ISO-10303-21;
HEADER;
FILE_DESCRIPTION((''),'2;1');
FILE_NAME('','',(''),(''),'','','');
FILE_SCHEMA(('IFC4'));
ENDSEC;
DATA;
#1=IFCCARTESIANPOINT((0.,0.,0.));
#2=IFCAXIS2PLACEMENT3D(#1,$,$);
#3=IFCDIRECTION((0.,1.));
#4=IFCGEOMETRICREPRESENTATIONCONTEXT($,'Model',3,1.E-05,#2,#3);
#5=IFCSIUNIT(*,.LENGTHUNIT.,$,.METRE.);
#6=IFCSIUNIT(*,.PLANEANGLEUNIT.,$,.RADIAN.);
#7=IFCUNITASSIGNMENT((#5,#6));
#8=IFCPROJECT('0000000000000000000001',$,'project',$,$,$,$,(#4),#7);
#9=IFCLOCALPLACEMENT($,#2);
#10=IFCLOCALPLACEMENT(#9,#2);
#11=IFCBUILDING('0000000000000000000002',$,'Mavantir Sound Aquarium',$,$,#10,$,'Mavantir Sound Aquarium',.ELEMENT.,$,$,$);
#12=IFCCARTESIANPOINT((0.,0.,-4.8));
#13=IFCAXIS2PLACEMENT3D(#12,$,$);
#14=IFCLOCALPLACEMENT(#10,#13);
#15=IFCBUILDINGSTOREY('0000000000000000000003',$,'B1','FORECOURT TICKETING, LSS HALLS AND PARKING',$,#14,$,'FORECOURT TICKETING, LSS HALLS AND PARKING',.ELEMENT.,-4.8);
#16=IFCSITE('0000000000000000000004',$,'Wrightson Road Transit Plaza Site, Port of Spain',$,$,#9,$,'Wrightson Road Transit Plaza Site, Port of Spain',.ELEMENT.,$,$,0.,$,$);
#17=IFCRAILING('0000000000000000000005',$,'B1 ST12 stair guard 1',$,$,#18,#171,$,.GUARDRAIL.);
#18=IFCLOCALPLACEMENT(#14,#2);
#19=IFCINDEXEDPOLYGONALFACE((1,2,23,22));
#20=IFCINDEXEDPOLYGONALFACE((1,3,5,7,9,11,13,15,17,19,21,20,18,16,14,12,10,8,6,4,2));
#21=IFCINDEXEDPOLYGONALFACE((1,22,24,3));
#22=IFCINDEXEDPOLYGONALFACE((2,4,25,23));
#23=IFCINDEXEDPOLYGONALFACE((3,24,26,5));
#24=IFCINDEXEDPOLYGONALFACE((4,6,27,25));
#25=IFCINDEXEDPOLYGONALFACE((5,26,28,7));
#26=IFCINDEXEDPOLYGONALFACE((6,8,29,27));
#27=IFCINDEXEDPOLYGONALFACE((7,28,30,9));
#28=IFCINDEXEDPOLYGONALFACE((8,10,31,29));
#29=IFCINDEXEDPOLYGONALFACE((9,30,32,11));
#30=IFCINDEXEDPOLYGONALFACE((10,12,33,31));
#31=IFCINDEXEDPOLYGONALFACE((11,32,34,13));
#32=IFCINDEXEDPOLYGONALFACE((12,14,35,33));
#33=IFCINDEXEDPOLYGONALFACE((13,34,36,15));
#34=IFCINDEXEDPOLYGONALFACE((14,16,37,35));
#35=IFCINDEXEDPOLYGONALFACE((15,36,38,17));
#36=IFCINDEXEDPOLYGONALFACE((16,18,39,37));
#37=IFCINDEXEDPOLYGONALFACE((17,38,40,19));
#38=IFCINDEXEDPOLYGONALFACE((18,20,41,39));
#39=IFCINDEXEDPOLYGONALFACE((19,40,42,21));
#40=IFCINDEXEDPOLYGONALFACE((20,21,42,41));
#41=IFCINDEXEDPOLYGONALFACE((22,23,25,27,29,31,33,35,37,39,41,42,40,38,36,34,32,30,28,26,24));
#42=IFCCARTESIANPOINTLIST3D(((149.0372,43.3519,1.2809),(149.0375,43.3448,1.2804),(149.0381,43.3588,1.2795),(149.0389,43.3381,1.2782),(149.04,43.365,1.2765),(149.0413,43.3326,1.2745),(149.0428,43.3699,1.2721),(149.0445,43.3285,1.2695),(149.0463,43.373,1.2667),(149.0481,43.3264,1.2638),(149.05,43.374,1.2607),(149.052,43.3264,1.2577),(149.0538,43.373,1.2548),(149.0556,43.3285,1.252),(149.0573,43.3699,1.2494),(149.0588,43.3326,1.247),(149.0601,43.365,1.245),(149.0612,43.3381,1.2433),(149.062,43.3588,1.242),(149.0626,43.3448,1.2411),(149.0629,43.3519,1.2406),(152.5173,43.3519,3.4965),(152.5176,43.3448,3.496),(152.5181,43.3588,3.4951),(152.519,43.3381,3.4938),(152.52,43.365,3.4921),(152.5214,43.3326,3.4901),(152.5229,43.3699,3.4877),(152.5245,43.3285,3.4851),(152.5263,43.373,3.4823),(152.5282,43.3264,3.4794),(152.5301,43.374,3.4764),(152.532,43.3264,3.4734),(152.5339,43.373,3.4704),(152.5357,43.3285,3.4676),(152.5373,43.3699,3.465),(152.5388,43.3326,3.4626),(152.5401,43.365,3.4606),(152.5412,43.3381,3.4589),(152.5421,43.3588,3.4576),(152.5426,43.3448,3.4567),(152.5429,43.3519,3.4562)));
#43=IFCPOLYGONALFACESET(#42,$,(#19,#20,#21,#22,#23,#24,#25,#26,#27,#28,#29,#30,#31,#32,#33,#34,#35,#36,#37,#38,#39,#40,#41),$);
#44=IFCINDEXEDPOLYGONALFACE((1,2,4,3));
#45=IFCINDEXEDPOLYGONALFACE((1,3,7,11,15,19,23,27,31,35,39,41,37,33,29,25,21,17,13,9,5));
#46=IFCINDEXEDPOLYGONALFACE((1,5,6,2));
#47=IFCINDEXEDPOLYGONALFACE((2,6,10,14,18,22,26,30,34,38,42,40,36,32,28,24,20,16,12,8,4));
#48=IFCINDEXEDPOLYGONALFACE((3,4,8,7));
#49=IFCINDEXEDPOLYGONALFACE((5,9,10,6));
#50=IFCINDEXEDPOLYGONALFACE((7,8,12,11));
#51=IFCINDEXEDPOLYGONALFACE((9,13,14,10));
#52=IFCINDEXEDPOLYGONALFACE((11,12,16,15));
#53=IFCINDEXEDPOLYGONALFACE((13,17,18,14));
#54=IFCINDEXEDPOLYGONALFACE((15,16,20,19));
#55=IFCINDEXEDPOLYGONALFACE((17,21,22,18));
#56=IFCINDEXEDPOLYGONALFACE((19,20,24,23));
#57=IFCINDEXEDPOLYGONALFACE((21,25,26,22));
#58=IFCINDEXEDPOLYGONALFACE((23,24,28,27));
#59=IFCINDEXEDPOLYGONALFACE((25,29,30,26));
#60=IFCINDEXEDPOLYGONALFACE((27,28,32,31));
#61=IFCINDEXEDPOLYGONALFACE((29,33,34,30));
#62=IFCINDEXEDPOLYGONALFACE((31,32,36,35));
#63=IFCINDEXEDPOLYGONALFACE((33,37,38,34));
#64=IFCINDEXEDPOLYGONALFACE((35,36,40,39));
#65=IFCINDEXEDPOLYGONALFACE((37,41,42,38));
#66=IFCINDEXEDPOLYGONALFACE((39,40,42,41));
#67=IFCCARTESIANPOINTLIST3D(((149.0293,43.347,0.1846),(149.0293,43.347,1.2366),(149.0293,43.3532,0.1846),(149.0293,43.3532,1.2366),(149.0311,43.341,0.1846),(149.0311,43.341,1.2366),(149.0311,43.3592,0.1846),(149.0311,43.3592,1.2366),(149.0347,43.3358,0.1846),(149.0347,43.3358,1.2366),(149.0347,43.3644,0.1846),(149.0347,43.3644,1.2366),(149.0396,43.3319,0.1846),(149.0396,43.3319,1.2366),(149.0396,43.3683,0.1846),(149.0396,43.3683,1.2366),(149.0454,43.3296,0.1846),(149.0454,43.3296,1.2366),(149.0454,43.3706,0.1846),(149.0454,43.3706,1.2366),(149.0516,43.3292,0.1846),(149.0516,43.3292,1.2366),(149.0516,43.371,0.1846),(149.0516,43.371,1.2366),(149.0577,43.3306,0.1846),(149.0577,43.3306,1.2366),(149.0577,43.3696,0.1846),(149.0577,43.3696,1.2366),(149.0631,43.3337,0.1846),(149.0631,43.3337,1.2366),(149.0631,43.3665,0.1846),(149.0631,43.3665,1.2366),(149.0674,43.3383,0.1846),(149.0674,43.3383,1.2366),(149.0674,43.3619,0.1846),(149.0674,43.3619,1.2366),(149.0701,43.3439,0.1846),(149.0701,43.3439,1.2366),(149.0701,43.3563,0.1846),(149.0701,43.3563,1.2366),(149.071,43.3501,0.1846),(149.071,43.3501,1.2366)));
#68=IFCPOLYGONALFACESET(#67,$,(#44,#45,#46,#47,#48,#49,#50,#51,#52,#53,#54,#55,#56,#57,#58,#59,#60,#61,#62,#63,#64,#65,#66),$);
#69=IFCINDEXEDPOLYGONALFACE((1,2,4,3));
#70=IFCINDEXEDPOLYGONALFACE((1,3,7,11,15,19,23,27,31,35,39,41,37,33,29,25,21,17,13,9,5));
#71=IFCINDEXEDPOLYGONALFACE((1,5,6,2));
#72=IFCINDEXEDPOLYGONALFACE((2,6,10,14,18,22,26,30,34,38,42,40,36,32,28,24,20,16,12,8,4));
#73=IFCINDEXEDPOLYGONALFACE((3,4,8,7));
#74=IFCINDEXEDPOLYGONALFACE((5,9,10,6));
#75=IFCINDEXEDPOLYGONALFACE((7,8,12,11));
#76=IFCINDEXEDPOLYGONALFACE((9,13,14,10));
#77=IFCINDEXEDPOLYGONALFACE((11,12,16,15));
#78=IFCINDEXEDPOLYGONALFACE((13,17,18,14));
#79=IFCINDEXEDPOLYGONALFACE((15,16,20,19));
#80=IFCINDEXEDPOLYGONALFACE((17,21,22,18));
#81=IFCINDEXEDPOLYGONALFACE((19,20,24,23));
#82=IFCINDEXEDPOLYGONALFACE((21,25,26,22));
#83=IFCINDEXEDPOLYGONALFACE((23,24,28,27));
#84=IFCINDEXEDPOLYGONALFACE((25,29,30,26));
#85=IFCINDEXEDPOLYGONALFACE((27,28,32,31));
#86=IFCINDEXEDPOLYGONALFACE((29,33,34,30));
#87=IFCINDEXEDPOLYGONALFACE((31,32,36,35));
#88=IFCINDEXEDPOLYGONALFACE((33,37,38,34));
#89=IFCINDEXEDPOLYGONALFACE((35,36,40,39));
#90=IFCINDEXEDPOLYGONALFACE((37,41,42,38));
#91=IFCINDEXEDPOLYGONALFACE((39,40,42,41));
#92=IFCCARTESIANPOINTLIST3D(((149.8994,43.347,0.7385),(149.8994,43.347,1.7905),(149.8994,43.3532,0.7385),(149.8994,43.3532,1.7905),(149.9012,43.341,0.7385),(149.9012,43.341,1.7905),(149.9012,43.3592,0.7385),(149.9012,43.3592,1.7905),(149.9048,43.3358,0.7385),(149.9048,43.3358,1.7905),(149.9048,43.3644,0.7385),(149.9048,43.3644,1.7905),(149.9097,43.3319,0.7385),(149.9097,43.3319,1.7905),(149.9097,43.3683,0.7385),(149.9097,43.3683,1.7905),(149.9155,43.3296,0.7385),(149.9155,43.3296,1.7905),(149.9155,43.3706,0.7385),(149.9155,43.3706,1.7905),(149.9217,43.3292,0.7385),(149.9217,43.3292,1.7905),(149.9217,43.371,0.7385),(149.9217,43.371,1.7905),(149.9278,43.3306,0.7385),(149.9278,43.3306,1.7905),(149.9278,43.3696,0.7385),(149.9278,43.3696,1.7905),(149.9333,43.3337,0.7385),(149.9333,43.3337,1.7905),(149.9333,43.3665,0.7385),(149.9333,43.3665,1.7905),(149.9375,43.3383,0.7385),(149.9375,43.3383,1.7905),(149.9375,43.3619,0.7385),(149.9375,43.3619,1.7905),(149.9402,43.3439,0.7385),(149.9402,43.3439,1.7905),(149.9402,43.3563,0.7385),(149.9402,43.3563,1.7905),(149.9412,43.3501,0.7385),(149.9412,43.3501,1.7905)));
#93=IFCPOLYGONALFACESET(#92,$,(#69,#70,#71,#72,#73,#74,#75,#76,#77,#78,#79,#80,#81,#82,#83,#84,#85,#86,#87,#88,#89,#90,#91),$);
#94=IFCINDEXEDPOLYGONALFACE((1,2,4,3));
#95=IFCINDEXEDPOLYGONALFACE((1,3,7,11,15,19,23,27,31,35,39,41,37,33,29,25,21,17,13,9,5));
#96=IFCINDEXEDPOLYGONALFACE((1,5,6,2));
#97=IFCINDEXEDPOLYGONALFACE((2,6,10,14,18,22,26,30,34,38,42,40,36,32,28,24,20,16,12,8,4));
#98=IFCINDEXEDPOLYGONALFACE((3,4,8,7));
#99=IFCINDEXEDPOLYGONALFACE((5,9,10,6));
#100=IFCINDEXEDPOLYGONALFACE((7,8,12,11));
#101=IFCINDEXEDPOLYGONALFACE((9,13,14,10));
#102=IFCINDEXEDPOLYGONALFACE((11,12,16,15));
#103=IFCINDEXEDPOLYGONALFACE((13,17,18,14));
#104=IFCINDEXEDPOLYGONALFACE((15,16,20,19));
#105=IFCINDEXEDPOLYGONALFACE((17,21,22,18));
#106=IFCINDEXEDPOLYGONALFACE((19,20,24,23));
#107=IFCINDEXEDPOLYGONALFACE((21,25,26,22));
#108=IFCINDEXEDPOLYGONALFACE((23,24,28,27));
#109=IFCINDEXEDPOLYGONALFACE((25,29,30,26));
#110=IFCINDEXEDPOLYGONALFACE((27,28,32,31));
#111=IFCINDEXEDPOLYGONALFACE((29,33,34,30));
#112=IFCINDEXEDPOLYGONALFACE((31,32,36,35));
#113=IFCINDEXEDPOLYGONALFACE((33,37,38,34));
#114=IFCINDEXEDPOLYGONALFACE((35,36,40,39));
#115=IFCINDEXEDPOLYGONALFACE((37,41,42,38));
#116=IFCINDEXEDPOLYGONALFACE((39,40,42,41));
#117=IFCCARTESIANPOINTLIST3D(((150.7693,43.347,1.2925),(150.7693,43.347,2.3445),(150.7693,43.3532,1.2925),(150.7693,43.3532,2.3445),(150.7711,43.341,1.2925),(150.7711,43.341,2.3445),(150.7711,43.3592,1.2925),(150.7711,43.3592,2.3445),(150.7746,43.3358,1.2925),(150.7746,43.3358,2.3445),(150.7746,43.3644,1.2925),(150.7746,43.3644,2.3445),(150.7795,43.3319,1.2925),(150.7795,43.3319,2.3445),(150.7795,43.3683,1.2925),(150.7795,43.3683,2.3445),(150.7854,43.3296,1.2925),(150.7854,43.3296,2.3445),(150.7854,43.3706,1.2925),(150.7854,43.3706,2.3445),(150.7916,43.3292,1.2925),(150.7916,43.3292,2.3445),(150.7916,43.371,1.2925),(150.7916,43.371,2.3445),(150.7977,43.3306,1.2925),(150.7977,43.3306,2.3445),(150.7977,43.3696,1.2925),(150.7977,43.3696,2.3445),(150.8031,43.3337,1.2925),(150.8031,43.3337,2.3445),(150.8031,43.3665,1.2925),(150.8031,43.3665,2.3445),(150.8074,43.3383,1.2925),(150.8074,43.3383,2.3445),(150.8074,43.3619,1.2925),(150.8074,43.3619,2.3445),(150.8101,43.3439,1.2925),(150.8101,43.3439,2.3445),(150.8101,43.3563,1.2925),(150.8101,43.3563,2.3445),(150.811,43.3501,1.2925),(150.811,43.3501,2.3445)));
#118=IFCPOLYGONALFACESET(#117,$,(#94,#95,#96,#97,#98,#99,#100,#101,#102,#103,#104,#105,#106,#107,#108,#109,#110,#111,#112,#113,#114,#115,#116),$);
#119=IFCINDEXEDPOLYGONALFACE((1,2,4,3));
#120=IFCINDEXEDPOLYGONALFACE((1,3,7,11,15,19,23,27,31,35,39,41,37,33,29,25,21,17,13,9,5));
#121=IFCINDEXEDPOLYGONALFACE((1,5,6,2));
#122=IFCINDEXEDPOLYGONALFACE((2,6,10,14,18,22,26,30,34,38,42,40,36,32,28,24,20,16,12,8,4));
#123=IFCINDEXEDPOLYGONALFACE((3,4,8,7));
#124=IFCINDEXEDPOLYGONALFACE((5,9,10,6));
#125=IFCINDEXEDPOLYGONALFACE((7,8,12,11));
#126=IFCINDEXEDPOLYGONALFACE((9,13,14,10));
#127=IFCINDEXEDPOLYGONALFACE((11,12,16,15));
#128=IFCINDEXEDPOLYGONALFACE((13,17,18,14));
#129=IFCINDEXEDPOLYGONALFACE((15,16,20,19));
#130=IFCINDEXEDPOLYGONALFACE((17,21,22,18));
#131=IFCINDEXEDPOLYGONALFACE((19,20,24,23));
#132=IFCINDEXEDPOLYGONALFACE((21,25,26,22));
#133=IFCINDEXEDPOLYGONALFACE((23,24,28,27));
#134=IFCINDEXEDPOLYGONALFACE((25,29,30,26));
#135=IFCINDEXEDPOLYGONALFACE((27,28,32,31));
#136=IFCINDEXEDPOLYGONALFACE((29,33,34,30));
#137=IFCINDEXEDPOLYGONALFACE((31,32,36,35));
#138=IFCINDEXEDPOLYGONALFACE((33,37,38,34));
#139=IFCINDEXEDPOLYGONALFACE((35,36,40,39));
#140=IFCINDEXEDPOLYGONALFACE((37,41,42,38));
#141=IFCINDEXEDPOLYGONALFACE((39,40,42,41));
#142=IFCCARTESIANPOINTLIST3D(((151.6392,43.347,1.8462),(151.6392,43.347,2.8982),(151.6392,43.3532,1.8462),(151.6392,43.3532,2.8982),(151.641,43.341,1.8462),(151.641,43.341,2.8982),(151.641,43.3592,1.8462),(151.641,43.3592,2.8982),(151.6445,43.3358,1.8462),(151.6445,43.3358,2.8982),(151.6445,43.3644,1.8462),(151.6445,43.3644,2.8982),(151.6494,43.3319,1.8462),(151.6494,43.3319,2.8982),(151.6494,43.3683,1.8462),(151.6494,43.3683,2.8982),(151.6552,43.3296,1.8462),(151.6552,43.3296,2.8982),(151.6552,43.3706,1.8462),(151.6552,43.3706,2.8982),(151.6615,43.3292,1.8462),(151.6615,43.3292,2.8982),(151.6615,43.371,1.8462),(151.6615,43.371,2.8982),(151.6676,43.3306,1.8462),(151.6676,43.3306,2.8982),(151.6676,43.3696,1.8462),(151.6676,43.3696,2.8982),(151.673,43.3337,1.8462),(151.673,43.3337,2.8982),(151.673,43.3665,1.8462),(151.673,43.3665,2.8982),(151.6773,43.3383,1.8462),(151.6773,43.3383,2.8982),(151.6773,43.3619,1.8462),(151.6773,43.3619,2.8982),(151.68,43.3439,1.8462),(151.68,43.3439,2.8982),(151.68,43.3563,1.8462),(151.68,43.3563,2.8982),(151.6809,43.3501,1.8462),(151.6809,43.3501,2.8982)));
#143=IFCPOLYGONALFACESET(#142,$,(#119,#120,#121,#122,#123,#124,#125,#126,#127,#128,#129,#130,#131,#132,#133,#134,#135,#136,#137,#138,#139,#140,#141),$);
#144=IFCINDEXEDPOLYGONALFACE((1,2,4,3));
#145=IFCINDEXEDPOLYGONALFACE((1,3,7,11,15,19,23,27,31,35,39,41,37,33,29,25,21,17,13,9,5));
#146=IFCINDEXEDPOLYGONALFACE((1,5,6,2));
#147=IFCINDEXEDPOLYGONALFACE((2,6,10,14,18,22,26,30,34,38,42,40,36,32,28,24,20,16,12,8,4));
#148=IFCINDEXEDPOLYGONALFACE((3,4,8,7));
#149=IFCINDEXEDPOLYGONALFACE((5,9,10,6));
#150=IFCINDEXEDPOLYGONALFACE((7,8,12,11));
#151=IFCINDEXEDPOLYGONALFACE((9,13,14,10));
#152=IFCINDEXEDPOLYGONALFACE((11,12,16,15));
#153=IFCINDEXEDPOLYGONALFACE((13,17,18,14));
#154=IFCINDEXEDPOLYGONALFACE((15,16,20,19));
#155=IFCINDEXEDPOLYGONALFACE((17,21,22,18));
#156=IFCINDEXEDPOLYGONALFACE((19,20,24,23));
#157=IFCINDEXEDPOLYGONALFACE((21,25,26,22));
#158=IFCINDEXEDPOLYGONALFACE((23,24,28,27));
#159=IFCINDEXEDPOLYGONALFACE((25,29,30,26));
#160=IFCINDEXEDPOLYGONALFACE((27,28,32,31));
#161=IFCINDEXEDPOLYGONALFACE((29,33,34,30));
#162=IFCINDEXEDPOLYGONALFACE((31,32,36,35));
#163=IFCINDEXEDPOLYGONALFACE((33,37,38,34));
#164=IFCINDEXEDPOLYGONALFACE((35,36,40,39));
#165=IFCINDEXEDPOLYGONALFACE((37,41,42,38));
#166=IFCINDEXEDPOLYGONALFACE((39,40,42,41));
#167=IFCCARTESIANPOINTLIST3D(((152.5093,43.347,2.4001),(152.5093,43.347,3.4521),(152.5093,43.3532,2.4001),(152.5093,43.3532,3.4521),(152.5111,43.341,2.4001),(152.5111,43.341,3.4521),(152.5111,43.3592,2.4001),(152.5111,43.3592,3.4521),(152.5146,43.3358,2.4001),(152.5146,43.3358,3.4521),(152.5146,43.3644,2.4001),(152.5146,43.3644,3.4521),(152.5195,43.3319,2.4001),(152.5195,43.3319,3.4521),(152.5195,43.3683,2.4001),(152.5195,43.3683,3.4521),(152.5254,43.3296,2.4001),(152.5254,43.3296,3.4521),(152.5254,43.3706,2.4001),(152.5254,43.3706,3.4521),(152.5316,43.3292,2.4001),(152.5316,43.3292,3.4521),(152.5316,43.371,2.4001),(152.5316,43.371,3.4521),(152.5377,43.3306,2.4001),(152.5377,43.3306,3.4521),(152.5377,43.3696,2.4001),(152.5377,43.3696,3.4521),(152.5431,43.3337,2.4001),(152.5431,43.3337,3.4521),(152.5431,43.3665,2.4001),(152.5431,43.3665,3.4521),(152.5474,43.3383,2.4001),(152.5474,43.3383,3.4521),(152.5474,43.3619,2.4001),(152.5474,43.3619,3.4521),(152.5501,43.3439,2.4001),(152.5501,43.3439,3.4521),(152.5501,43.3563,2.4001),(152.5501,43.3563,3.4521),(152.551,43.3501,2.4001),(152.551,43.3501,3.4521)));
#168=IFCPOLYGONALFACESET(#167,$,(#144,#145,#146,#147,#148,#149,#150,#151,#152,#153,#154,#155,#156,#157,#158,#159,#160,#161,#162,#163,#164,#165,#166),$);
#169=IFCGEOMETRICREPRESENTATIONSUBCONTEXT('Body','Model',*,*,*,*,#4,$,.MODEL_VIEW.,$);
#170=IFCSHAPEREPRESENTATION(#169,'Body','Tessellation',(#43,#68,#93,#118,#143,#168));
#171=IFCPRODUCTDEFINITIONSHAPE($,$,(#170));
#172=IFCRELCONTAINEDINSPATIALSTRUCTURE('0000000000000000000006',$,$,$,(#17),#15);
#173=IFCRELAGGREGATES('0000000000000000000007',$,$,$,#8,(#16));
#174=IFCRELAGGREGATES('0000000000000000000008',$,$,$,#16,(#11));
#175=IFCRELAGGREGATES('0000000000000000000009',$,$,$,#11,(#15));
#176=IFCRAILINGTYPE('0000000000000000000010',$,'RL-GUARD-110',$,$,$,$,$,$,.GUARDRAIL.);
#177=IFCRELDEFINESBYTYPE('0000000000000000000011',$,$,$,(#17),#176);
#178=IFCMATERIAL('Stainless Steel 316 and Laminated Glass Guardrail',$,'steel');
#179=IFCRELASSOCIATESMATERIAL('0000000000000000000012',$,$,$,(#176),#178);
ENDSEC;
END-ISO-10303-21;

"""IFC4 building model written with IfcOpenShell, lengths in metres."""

from ifc_helpers import new_model, si_unit, direction, frame, origin, origin_2d, place, context, subcontext, project, spatial, circle, extrude, material, type_object, element, save


model = new_model("IFC4")

# Units and contexts
model_context = context("Model", 3, precision=1e-05, world=origin(), true_north=direction((0.0, 1.0)))
body_context = subcontext(model_context, "Body", "Model", "MODEL_VIEW")
ifc_project = project(units=[si_unit("LENGTHUNIT", "METRE"), si_unit("PLANEANGLEUNIT", "RADIAN")], contexts=[model_context])

# Site, building, storey
site_placement = place(None, origin())
site = spatial("IfcSite", under=ifc_project, at=site_placement, Name="Wrightson Road Transit Plaza Site, Port of Spain", LongName="Wrightson Road Transit Plaza Site, Port of Spain", CompositionType="ELEMENT", RefElevation=0.0)
building_placement = place(site_placement, origin())
building = spatial("IfcBuilding", under=site, at=building_placement, Name="Mavantir Sound Aquarium", LongName="Mavantir Sound Aquarium", CompositionType="ELEMENT")
storey_placement = place(building_placement, frame((0.0, 0.0, -4.8)))
storey = spatial("IfcBuildingStorey", under=building, at=storey_placement, Name="B1", Description="FORECOURT TICKETING, LSS HALLS AND PARKING", LongName="FORECOURT TICKETING, LSS HALLS AND PARKING", CompositionType="ELEMENT", Elevation=-4.8)

# Railing
ifc_material_1 = material(Name="Stainless Steel 316 and Laminated Glass Guardrail", Category="steel")
railing_type_1 = type_object("IfcRailingType", Name="RL-GUARD-110", PredefinedType="GUARDRAIL", material=ifc_material_1)
railing_1_placement = place(storey_placement, frame((149.05, 43.3501, 0.1846)))
element("IfcRailing", 1, at=railing_1_placement, inside=storey, type_object=railing_type_1, Name="B1 ST12 stair guard 1", PredefinedType="GUARDRAIL", context=body_context, shape_type="SweptSolid", body=[
    extrude(circle(Radius=0.0239, at=origin_2d()), frame((0.0, 0.0, 1.0762), z_axis=(0.843547, 0.0, 0.537055), x_axis=(0.0, 1.0, 0.0)), (0.0, 0.0, 1.0), 4.1255),
    extrude(circle(Radius=0.021, at=origin_2d()), origin(), (0.0, 0.0, 1.0), 1.052),
    extrude(circle(Radius=0.021, at=origin_2d()), frame((0.8701, 0.0, 0.554)), (0.0, 0.0, 1.0), 1.052),
    extrude(circle(Radius=0.021, at=origin_2d()), frame((1.74, 0.0, 1.1079)), (0.0, 0.0, 1.0), 1.052),
    extrude(circle(Radius=0.021, at=origin_2d()), frame((2.6099, 0.0, 1.6616)), (0.0, 0.0, 1.0), 1.052),
    extrude(circle(Radius=0.021, at=origin_2d()), frame((3.48, 0.0, 2.2156)), (0.0, 0.0, 1.0), 1.052),
])

save(model, "model.ifc")
